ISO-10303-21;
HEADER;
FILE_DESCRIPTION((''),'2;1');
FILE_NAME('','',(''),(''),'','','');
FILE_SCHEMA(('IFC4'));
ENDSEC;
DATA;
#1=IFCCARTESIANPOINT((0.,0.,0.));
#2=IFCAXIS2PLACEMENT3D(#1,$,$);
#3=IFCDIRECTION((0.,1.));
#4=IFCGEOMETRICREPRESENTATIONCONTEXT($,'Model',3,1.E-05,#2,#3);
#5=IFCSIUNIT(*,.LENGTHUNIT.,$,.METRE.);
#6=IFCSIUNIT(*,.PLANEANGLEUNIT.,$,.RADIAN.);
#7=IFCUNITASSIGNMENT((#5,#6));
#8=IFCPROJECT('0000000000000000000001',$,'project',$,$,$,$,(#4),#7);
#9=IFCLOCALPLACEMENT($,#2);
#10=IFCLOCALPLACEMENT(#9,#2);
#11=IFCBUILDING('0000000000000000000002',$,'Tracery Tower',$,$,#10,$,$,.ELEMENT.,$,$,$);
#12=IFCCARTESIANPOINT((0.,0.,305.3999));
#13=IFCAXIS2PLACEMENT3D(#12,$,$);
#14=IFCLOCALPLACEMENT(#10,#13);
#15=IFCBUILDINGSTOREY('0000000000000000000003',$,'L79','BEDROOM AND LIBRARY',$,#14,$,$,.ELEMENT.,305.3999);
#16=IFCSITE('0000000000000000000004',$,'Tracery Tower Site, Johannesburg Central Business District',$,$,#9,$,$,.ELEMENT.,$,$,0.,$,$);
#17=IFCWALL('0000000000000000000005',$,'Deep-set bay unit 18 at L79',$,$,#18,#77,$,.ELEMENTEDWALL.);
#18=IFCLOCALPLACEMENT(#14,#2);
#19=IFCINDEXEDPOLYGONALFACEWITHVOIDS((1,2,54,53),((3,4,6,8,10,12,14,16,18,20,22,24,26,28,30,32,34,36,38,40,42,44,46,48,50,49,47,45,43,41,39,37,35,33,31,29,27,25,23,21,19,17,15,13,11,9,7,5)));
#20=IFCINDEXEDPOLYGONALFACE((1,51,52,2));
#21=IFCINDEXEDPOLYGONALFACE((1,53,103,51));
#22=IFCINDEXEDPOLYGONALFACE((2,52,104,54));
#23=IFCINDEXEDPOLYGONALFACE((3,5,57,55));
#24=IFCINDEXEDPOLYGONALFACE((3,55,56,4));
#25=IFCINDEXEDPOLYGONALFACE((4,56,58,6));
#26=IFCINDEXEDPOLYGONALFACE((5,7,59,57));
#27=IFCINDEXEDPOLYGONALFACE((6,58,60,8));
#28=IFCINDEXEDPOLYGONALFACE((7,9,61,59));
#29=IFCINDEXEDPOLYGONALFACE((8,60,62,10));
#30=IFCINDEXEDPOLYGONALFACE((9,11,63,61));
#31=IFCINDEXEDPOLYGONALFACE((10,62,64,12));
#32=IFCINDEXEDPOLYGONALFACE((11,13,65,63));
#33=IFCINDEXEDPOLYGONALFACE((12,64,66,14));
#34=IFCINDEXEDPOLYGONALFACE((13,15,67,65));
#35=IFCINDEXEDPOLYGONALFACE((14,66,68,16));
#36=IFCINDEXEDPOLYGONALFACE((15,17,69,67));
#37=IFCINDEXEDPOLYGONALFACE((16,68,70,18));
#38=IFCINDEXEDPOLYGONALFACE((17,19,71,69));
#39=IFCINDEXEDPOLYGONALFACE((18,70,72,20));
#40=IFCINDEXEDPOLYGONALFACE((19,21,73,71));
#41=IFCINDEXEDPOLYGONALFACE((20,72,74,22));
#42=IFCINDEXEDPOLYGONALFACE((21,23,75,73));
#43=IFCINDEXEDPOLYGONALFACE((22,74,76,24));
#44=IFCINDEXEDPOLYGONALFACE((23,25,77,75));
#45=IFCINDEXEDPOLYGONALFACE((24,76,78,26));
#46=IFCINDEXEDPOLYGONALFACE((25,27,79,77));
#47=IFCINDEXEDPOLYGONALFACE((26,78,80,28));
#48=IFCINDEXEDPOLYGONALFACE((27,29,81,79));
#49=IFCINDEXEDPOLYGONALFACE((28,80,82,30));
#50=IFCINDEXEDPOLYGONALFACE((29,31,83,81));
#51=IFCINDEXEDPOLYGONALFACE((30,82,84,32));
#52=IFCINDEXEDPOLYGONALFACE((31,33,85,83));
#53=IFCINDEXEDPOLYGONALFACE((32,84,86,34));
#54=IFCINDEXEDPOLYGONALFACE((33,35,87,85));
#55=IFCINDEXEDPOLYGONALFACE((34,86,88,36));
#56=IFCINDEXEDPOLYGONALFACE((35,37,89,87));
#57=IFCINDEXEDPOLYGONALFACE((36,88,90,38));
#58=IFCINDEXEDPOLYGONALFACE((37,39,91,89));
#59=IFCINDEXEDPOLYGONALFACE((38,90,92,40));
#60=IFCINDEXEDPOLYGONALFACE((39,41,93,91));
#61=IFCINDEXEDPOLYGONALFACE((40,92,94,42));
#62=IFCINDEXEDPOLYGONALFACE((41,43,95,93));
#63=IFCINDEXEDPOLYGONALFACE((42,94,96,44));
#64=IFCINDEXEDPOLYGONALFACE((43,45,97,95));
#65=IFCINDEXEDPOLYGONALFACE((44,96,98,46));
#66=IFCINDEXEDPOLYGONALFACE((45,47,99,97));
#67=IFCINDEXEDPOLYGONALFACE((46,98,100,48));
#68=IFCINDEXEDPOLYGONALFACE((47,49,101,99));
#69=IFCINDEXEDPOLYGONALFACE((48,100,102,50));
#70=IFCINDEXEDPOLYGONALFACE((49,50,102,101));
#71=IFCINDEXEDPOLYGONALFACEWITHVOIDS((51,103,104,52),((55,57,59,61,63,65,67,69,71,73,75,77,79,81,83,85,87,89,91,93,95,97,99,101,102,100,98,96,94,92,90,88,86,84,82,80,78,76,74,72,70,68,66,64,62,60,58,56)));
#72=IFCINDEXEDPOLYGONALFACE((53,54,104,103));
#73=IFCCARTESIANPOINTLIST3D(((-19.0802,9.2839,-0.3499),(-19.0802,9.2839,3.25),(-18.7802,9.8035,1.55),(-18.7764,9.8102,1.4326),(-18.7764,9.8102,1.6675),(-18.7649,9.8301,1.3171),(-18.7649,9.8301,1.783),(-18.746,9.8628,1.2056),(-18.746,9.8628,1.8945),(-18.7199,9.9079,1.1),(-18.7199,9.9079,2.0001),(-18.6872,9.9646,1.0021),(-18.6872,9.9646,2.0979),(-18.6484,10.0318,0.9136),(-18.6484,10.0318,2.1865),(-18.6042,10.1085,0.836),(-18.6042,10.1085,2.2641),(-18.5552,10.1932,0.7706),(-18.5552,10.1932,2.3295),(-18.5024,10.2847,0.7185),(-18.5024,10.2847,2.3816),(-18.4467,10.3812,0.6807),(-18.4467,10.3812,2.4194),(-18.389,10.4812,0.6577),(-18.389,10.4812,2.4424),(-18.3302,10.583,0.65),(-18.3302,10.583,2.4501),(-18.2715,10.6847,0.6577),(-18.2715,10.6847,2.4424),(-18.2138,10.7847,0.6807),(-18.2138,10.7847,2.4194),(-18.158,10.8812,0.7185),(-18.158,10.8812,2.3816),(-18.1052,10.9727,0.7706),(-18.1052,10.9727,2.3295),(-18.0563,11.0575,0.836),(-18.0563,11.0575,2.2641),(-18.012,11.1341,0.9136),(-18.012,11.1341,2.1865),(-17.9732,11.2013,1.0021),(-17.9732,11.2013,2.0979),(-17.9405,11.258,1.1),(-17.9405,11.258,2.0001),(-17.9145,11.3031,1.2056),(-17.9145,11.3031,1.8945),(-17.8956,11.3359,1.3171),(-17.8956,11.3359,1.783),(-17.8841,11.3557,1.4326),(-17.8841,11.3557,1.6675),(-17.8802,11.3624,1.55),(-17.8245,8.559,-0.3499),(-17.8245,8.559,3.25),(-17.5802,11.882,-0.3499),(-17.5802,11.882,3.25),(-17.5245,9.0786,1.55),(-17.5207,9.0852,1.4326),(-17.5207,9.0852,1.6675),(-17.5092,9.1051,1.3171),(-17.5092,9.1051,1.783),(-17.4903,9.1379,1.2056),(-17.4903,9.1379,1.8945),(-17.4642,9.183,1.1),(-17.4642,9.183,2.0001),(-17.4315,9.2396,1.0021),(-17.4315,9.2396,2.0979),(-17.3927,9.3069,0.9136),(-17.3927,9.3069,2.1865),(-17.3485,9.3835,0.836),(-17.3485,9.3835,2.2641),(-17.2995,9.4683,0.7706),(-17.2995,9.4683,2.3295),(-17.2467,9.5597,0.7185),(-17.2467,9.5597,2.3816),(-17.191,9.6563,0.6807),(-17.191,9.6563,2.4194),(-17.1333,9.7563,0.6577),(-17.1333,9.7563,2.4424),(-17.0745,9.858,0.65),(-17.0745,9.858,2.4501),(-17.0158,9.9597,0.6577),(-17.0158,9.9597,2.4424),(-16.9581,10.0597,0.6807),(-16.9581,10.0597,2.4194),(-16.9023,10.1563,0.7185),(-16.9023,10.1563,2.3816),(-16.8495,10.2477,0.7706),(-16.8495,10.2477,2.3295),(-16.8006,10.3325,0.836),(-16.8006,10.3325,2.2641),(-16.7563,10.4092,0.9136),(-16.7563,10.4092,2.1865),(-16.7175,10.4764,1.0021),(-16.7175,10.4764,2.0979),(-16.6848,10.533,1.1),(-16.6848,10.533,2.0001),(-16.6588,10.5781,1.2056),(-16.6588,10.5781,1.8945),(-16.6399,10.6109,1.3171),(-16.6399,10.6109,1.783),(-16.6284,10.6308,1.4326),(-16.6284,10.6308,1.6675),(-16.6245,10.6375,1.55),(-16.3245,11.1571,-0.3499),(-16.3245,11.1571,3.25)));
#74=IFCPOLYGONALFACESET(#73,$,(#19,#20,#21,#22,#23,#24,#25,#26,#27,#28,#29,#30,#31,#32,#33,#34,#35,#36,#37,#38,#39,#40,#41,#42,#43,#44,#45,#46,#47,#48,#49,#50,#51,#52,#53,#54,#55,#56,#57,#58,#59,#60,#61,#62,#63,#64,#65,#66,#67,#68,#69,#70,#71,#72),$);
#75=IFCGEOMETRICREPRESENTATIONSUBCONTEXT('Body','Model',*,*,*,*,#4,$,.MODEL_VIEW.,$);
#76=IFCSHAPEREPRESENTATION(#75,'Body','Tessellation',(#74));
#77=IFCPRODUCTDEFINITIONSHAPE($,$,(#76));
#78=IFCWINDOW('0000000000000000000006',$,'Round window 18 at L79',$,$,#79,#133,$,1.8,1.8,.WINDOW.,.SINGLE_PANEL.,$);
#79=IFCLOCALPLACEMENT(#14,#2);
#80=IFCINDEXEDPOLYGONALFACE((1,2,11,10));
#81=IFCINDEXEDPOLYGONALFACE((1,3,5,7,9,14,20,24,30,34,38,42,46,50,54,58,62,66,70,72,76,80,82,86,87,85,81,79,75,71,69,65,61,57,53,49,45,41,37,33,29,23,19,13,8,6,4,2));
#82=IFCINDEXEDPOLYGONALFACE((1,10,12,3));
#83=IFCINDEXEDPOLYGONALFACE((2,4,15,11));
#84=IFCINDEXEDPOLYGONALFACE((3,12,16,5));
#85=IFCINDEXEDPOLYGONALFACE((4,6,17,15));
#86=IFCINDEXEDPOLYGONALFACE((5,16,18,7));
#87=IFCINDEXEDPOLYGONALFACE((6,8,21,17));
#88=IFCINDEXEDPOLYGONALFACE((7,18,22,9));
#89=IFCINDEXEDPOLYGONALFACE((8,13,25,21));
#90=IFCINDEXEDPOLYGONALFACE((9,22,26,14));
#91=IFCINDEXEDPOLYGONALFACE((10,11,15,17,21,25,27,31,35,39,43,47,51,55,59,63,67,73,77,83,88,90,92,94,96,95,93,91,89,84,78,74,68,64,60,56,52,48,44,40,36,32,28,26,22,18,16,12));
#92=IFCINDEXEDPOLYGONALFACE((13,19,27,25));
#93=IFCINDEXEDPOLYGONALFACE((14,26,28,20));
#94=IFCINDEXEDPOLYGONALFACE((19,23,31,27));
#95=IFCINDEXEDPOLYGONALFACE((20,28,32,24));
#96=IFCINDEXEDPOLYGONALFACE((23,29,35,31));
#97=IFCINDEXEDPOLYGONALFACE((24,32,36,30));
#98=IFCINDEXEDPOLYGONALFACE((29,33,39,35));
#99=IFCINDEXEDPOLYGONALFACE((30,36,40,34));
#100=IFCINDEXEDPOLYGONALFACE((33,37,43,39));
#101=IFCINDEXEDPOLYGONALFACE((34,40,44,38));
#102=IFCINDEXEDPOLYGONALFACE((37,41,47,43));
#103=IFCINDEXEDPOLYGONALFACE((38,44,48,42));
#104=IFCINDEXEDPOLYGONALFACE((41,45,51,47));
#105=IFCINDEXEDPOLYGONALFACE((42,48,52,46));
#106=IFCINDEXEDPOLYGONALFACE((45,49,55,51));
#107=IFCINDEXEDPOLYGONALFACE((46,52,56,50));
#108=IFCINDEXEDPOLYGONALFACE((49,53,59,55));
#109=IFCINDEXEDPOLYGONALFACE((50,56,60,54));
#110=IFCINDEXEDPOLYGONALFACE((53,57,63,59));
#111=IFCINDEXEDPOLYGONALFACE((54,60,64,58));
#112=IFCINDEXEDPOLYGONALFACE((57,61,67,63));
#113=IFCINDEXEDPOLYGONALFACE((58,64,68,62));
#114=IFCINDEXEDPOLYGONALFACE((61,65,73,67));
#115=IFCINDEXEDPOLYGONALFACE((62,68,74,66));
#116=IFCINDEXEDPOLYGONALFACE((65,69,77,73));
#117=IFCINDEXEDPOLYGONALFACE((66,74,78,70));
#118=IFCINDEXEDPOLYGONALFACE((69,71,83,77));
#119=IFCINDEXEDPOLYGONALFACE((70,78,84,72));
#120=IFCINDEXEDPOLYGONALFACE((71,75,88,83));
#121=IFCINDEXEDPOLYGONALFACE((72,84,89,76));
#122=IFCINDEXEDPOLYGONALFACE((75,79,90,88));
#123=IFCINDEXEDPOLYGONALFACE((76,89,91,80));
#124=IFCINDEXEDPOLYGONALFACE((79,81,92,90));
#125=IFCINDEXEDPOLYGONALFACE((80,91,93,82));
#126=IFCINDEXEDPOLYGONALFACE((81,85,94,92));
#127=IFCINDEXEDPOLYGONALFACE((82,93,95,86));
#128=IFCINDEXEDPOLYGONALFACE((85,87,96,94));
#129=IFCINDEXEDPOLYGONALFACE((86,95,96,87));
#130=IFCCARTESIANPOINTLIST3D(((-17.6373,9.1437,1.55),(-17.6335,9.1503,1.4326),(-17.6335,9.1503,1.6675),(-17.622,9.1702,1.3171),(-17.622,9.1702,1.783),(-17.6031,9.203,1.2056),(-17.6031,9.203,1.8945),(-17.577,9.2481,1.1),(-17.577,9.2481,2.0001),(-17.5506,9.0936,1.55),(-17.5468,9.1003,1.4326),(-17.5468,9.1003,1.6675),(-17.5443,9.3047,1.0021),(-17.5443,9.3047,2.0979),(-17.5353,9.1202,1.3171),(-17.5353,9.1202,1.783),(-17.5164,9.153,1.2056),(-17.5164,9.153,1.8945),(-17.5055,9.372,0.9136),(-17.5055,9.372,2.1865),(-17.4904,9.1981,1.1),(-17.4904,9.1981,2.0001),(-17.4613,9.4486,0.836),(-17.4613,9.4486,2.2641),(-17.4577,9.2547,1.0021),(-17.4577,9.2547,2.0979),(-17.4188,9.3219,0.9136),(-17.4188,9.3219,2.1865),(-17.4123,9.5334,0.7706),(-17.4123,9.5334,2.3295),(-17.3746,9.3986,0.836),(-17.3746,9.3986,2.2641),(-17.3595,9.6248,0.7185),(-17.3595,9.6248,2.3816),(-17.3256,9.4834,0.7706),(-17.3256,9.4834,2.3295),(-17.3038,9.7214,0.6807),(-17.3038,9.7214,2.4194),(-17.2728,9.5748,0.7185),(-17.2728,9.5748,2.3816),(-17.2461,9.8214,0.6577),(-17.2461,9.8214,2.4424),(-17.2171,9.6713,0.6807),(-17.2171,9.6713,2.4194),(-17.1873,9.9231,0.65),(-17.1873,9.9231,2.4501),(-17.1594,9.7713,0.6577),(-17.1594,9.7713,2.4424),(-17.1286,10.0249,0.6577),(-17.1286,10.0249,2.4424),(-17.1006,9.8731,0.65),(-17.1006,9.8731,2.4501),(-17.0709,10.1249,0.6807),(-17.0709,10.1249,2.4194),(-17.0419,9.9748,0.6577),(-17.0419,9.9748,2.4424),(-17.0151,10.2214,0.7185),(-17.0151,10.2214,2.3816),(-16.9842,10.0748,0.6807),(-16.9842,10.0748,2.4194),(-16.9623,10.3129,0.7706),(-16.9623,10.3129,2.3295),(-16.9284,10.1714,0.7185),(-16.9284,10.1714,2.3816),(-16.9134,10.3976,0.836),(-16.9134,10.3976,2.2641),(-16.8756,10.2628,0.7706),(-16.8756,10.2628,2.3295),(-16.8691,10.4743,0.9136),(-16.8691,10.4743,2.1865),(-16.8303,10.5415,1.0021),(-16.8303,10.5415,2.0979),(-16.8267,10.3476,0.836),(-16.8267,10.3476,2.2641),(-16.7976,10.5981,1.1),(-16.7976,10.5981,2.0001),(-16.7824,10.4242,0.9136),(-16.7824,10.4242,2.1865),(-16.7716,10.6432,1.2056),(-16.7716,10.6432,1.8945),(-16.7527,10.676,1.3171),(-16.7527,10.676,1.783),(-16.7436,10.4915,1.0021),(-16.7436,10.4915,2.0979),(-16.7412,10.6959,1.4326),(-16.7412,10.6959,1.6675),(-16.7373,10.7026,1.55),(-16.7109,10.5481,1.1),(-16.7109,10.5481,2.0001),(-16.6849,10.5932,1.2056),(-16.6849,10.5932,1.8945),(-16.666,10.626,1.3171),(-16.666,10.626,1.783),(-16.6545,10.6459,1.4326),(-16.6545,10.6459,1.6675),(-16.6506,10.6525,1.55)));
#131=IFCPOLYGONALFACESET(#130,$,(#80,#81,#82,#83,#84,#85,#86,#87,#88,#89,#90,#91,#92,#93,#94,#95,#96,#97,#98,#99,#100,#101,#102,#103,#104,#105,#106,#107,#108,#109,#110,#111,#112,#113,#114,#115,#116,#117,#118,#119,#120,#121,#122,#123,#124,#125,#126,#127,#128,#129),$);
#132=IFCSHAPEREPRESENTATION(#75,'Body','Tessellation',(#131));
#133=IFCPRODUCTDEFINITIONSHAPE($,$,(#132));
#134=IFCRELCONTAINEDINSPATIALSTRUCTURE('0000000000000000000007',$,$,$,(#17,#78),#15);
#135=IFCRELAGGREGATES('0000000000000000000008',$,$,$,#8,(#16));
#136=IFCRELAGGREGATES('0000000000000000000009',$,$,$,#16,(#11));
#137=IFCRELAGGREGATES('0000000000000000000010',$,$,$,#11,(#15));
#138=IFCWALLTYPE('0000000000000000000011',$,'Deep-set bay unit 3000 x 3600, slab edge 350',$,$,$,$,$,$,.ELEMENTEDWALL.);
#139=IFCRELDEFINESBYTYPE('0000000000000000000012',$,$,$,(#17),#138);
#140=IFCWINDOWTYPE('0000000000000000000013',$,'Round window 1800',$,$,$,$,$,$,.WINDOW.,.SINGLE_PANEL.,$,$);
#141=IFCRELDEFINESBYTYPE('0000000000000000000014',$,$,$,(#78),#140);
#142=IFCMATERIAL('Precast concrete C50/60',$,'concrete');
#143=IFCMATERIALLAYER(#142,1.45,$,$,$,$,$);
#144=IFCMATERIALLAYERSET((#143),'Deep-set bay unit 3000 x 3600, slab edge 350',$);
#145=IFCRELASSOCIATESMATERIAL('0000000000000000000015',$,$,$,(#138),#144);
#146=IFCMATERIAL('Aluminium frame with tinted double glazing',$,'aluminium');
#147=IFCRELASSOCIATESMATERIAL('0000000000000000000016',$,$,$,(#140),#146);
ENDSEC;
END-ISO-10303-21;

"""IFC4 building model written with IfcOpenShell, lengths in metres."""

from ifc_helpers import new_model, si_unit, direction, frame, frame_2d, origin, origin_2d, place, context, subcontext, project, spatial, rectangle, circle, extrude, material, layer, layer_set, type_object, element, fill, save


model = new_model("IFC4")

# Units and contexts
model_context = context("Model", 3, precision=1e-05, world=origin(), true_north=direction((0.0, 1.0)))
body_context = subcontext(model_context, "Body", "Model", "MODEL_VIEW")
ifc_project = project(units=[si_unit("LENGTHUNIT", "METRE"), si_unit("PLANEANGLEUNIT", "RADIAN")], contexts=[model_context])

# Site, building, storey
site_placement = place(None, origin())
site = spatial("IfcSite", under=ifc_project, at=site_placement, Name="Tracery Tower Site, Johannesburg Central Business District", CompositionType="ELEMENT", RefElevation=0.0)
building_placement = place(site_placement, origin())
building = spatial("IfcBuilding", under=site, at=building_placement, Name="Tracery Tower", CompositionType="ELEMENT")
storey_placement = place(building_placement, frame((0.0, 0.0, 305.3999)))
storey = spatial("IfcBuildingStorey", under=building, at=storey_placement, Name="L79", Description="BEDROOM AND LIBRARY", CompositionType="ELEMENT", Elevation=305.3999)

# Wall, opening, window
ifc_material_1 = material(Name="Precast concrete C50/60", Category="concrete")
ifc_layer_1 = layer(ifc_material_1, 1.45)
ifc_layer_set_1 = layer_set([ifc_layer_1], Name="Deep-set bay unit 3000 x 3600, slab edge 350")
wall_type_1 = type_object("IfcWallType", Name="Deep-set bay unit 3000 x 3600, slab edge 350", PredefinedType="ELEMENTEDWALL", material=ifc_layer_set_1)
ifc_material_2 = material(Name="Aluminium frame with tinted double glazing", Category="aluminium")
window_type = type_object("IfcWindowType", Name="Round window 1800", PartitioningType="SINGLE_PANEL", PredefinedType="WINDOW", material=ifc_material_2)
wall_1_placement = place(storey_placement, frame((-16.9524, 11.5195, -0.3499), z_axis=(0.0, 0.0, 1.0), x_axis=(-0.49999, -0.866031, 0.0)))
wall_1 = element("IfcWall", 1, at=wall_1_placement, inside=storey, type_object=wall_type_1, Name="Deep-set bay unit 18 at L79", PredefinedType="ELEMENTEDWALL", context=body_context, shape_type="SweptSolid", body=[
    extrude(rectangle(XDim=3.0, YDim=1.45, at=frame_2d((1.5, 0.0))), origin(), (0.0, 0.0, 1.0), 3.5999),
])
opening_1_placement = place(wall_1_placement, frame((1.5, 0.0, 1.8999)))
opening_1 = element("IfcOpeningElement", 2, at=opening_1_placement, cuts=wall_1, PredefinedType="OPENING", context=body_context, shape_type="SweptSolid", body=[
    extrude(circle(Radius=0.9, at=origin_2d()), frame((0.0, 0.7349, 0.0), z_axis=(0.0, -1.0, 0.0), x_axis=(1.0, 0.0, 0.0)), (0.0, 0.0, 1.0), 1.47),
])
window_1_placement = place(opening_1_placement, origin())
window_1 = element("IfcWindow", 3, at=window_1_placement, inside=storey, type_object=window_type, Name="Round window 18 at L79", OverallHeight=1.8, OverallWidth=1.8, PartitioningType="SINGLE_PANEL", PredefinedType="WINDOW", context=body_context, shape_type="SweptSolid", body=[
    extrude(circle(Radius=0.9, at=origin_2d()), frame((0.0, 0.6948, 0.0), z_axis=(0.0, -1.0, 0.0), x_axis=(1.0, 0.0, 0.0)), (0.0, 0.0, 1.0), 0.1001),
])
fill(opening_1, window_1)

save(model, "model.ifc")
